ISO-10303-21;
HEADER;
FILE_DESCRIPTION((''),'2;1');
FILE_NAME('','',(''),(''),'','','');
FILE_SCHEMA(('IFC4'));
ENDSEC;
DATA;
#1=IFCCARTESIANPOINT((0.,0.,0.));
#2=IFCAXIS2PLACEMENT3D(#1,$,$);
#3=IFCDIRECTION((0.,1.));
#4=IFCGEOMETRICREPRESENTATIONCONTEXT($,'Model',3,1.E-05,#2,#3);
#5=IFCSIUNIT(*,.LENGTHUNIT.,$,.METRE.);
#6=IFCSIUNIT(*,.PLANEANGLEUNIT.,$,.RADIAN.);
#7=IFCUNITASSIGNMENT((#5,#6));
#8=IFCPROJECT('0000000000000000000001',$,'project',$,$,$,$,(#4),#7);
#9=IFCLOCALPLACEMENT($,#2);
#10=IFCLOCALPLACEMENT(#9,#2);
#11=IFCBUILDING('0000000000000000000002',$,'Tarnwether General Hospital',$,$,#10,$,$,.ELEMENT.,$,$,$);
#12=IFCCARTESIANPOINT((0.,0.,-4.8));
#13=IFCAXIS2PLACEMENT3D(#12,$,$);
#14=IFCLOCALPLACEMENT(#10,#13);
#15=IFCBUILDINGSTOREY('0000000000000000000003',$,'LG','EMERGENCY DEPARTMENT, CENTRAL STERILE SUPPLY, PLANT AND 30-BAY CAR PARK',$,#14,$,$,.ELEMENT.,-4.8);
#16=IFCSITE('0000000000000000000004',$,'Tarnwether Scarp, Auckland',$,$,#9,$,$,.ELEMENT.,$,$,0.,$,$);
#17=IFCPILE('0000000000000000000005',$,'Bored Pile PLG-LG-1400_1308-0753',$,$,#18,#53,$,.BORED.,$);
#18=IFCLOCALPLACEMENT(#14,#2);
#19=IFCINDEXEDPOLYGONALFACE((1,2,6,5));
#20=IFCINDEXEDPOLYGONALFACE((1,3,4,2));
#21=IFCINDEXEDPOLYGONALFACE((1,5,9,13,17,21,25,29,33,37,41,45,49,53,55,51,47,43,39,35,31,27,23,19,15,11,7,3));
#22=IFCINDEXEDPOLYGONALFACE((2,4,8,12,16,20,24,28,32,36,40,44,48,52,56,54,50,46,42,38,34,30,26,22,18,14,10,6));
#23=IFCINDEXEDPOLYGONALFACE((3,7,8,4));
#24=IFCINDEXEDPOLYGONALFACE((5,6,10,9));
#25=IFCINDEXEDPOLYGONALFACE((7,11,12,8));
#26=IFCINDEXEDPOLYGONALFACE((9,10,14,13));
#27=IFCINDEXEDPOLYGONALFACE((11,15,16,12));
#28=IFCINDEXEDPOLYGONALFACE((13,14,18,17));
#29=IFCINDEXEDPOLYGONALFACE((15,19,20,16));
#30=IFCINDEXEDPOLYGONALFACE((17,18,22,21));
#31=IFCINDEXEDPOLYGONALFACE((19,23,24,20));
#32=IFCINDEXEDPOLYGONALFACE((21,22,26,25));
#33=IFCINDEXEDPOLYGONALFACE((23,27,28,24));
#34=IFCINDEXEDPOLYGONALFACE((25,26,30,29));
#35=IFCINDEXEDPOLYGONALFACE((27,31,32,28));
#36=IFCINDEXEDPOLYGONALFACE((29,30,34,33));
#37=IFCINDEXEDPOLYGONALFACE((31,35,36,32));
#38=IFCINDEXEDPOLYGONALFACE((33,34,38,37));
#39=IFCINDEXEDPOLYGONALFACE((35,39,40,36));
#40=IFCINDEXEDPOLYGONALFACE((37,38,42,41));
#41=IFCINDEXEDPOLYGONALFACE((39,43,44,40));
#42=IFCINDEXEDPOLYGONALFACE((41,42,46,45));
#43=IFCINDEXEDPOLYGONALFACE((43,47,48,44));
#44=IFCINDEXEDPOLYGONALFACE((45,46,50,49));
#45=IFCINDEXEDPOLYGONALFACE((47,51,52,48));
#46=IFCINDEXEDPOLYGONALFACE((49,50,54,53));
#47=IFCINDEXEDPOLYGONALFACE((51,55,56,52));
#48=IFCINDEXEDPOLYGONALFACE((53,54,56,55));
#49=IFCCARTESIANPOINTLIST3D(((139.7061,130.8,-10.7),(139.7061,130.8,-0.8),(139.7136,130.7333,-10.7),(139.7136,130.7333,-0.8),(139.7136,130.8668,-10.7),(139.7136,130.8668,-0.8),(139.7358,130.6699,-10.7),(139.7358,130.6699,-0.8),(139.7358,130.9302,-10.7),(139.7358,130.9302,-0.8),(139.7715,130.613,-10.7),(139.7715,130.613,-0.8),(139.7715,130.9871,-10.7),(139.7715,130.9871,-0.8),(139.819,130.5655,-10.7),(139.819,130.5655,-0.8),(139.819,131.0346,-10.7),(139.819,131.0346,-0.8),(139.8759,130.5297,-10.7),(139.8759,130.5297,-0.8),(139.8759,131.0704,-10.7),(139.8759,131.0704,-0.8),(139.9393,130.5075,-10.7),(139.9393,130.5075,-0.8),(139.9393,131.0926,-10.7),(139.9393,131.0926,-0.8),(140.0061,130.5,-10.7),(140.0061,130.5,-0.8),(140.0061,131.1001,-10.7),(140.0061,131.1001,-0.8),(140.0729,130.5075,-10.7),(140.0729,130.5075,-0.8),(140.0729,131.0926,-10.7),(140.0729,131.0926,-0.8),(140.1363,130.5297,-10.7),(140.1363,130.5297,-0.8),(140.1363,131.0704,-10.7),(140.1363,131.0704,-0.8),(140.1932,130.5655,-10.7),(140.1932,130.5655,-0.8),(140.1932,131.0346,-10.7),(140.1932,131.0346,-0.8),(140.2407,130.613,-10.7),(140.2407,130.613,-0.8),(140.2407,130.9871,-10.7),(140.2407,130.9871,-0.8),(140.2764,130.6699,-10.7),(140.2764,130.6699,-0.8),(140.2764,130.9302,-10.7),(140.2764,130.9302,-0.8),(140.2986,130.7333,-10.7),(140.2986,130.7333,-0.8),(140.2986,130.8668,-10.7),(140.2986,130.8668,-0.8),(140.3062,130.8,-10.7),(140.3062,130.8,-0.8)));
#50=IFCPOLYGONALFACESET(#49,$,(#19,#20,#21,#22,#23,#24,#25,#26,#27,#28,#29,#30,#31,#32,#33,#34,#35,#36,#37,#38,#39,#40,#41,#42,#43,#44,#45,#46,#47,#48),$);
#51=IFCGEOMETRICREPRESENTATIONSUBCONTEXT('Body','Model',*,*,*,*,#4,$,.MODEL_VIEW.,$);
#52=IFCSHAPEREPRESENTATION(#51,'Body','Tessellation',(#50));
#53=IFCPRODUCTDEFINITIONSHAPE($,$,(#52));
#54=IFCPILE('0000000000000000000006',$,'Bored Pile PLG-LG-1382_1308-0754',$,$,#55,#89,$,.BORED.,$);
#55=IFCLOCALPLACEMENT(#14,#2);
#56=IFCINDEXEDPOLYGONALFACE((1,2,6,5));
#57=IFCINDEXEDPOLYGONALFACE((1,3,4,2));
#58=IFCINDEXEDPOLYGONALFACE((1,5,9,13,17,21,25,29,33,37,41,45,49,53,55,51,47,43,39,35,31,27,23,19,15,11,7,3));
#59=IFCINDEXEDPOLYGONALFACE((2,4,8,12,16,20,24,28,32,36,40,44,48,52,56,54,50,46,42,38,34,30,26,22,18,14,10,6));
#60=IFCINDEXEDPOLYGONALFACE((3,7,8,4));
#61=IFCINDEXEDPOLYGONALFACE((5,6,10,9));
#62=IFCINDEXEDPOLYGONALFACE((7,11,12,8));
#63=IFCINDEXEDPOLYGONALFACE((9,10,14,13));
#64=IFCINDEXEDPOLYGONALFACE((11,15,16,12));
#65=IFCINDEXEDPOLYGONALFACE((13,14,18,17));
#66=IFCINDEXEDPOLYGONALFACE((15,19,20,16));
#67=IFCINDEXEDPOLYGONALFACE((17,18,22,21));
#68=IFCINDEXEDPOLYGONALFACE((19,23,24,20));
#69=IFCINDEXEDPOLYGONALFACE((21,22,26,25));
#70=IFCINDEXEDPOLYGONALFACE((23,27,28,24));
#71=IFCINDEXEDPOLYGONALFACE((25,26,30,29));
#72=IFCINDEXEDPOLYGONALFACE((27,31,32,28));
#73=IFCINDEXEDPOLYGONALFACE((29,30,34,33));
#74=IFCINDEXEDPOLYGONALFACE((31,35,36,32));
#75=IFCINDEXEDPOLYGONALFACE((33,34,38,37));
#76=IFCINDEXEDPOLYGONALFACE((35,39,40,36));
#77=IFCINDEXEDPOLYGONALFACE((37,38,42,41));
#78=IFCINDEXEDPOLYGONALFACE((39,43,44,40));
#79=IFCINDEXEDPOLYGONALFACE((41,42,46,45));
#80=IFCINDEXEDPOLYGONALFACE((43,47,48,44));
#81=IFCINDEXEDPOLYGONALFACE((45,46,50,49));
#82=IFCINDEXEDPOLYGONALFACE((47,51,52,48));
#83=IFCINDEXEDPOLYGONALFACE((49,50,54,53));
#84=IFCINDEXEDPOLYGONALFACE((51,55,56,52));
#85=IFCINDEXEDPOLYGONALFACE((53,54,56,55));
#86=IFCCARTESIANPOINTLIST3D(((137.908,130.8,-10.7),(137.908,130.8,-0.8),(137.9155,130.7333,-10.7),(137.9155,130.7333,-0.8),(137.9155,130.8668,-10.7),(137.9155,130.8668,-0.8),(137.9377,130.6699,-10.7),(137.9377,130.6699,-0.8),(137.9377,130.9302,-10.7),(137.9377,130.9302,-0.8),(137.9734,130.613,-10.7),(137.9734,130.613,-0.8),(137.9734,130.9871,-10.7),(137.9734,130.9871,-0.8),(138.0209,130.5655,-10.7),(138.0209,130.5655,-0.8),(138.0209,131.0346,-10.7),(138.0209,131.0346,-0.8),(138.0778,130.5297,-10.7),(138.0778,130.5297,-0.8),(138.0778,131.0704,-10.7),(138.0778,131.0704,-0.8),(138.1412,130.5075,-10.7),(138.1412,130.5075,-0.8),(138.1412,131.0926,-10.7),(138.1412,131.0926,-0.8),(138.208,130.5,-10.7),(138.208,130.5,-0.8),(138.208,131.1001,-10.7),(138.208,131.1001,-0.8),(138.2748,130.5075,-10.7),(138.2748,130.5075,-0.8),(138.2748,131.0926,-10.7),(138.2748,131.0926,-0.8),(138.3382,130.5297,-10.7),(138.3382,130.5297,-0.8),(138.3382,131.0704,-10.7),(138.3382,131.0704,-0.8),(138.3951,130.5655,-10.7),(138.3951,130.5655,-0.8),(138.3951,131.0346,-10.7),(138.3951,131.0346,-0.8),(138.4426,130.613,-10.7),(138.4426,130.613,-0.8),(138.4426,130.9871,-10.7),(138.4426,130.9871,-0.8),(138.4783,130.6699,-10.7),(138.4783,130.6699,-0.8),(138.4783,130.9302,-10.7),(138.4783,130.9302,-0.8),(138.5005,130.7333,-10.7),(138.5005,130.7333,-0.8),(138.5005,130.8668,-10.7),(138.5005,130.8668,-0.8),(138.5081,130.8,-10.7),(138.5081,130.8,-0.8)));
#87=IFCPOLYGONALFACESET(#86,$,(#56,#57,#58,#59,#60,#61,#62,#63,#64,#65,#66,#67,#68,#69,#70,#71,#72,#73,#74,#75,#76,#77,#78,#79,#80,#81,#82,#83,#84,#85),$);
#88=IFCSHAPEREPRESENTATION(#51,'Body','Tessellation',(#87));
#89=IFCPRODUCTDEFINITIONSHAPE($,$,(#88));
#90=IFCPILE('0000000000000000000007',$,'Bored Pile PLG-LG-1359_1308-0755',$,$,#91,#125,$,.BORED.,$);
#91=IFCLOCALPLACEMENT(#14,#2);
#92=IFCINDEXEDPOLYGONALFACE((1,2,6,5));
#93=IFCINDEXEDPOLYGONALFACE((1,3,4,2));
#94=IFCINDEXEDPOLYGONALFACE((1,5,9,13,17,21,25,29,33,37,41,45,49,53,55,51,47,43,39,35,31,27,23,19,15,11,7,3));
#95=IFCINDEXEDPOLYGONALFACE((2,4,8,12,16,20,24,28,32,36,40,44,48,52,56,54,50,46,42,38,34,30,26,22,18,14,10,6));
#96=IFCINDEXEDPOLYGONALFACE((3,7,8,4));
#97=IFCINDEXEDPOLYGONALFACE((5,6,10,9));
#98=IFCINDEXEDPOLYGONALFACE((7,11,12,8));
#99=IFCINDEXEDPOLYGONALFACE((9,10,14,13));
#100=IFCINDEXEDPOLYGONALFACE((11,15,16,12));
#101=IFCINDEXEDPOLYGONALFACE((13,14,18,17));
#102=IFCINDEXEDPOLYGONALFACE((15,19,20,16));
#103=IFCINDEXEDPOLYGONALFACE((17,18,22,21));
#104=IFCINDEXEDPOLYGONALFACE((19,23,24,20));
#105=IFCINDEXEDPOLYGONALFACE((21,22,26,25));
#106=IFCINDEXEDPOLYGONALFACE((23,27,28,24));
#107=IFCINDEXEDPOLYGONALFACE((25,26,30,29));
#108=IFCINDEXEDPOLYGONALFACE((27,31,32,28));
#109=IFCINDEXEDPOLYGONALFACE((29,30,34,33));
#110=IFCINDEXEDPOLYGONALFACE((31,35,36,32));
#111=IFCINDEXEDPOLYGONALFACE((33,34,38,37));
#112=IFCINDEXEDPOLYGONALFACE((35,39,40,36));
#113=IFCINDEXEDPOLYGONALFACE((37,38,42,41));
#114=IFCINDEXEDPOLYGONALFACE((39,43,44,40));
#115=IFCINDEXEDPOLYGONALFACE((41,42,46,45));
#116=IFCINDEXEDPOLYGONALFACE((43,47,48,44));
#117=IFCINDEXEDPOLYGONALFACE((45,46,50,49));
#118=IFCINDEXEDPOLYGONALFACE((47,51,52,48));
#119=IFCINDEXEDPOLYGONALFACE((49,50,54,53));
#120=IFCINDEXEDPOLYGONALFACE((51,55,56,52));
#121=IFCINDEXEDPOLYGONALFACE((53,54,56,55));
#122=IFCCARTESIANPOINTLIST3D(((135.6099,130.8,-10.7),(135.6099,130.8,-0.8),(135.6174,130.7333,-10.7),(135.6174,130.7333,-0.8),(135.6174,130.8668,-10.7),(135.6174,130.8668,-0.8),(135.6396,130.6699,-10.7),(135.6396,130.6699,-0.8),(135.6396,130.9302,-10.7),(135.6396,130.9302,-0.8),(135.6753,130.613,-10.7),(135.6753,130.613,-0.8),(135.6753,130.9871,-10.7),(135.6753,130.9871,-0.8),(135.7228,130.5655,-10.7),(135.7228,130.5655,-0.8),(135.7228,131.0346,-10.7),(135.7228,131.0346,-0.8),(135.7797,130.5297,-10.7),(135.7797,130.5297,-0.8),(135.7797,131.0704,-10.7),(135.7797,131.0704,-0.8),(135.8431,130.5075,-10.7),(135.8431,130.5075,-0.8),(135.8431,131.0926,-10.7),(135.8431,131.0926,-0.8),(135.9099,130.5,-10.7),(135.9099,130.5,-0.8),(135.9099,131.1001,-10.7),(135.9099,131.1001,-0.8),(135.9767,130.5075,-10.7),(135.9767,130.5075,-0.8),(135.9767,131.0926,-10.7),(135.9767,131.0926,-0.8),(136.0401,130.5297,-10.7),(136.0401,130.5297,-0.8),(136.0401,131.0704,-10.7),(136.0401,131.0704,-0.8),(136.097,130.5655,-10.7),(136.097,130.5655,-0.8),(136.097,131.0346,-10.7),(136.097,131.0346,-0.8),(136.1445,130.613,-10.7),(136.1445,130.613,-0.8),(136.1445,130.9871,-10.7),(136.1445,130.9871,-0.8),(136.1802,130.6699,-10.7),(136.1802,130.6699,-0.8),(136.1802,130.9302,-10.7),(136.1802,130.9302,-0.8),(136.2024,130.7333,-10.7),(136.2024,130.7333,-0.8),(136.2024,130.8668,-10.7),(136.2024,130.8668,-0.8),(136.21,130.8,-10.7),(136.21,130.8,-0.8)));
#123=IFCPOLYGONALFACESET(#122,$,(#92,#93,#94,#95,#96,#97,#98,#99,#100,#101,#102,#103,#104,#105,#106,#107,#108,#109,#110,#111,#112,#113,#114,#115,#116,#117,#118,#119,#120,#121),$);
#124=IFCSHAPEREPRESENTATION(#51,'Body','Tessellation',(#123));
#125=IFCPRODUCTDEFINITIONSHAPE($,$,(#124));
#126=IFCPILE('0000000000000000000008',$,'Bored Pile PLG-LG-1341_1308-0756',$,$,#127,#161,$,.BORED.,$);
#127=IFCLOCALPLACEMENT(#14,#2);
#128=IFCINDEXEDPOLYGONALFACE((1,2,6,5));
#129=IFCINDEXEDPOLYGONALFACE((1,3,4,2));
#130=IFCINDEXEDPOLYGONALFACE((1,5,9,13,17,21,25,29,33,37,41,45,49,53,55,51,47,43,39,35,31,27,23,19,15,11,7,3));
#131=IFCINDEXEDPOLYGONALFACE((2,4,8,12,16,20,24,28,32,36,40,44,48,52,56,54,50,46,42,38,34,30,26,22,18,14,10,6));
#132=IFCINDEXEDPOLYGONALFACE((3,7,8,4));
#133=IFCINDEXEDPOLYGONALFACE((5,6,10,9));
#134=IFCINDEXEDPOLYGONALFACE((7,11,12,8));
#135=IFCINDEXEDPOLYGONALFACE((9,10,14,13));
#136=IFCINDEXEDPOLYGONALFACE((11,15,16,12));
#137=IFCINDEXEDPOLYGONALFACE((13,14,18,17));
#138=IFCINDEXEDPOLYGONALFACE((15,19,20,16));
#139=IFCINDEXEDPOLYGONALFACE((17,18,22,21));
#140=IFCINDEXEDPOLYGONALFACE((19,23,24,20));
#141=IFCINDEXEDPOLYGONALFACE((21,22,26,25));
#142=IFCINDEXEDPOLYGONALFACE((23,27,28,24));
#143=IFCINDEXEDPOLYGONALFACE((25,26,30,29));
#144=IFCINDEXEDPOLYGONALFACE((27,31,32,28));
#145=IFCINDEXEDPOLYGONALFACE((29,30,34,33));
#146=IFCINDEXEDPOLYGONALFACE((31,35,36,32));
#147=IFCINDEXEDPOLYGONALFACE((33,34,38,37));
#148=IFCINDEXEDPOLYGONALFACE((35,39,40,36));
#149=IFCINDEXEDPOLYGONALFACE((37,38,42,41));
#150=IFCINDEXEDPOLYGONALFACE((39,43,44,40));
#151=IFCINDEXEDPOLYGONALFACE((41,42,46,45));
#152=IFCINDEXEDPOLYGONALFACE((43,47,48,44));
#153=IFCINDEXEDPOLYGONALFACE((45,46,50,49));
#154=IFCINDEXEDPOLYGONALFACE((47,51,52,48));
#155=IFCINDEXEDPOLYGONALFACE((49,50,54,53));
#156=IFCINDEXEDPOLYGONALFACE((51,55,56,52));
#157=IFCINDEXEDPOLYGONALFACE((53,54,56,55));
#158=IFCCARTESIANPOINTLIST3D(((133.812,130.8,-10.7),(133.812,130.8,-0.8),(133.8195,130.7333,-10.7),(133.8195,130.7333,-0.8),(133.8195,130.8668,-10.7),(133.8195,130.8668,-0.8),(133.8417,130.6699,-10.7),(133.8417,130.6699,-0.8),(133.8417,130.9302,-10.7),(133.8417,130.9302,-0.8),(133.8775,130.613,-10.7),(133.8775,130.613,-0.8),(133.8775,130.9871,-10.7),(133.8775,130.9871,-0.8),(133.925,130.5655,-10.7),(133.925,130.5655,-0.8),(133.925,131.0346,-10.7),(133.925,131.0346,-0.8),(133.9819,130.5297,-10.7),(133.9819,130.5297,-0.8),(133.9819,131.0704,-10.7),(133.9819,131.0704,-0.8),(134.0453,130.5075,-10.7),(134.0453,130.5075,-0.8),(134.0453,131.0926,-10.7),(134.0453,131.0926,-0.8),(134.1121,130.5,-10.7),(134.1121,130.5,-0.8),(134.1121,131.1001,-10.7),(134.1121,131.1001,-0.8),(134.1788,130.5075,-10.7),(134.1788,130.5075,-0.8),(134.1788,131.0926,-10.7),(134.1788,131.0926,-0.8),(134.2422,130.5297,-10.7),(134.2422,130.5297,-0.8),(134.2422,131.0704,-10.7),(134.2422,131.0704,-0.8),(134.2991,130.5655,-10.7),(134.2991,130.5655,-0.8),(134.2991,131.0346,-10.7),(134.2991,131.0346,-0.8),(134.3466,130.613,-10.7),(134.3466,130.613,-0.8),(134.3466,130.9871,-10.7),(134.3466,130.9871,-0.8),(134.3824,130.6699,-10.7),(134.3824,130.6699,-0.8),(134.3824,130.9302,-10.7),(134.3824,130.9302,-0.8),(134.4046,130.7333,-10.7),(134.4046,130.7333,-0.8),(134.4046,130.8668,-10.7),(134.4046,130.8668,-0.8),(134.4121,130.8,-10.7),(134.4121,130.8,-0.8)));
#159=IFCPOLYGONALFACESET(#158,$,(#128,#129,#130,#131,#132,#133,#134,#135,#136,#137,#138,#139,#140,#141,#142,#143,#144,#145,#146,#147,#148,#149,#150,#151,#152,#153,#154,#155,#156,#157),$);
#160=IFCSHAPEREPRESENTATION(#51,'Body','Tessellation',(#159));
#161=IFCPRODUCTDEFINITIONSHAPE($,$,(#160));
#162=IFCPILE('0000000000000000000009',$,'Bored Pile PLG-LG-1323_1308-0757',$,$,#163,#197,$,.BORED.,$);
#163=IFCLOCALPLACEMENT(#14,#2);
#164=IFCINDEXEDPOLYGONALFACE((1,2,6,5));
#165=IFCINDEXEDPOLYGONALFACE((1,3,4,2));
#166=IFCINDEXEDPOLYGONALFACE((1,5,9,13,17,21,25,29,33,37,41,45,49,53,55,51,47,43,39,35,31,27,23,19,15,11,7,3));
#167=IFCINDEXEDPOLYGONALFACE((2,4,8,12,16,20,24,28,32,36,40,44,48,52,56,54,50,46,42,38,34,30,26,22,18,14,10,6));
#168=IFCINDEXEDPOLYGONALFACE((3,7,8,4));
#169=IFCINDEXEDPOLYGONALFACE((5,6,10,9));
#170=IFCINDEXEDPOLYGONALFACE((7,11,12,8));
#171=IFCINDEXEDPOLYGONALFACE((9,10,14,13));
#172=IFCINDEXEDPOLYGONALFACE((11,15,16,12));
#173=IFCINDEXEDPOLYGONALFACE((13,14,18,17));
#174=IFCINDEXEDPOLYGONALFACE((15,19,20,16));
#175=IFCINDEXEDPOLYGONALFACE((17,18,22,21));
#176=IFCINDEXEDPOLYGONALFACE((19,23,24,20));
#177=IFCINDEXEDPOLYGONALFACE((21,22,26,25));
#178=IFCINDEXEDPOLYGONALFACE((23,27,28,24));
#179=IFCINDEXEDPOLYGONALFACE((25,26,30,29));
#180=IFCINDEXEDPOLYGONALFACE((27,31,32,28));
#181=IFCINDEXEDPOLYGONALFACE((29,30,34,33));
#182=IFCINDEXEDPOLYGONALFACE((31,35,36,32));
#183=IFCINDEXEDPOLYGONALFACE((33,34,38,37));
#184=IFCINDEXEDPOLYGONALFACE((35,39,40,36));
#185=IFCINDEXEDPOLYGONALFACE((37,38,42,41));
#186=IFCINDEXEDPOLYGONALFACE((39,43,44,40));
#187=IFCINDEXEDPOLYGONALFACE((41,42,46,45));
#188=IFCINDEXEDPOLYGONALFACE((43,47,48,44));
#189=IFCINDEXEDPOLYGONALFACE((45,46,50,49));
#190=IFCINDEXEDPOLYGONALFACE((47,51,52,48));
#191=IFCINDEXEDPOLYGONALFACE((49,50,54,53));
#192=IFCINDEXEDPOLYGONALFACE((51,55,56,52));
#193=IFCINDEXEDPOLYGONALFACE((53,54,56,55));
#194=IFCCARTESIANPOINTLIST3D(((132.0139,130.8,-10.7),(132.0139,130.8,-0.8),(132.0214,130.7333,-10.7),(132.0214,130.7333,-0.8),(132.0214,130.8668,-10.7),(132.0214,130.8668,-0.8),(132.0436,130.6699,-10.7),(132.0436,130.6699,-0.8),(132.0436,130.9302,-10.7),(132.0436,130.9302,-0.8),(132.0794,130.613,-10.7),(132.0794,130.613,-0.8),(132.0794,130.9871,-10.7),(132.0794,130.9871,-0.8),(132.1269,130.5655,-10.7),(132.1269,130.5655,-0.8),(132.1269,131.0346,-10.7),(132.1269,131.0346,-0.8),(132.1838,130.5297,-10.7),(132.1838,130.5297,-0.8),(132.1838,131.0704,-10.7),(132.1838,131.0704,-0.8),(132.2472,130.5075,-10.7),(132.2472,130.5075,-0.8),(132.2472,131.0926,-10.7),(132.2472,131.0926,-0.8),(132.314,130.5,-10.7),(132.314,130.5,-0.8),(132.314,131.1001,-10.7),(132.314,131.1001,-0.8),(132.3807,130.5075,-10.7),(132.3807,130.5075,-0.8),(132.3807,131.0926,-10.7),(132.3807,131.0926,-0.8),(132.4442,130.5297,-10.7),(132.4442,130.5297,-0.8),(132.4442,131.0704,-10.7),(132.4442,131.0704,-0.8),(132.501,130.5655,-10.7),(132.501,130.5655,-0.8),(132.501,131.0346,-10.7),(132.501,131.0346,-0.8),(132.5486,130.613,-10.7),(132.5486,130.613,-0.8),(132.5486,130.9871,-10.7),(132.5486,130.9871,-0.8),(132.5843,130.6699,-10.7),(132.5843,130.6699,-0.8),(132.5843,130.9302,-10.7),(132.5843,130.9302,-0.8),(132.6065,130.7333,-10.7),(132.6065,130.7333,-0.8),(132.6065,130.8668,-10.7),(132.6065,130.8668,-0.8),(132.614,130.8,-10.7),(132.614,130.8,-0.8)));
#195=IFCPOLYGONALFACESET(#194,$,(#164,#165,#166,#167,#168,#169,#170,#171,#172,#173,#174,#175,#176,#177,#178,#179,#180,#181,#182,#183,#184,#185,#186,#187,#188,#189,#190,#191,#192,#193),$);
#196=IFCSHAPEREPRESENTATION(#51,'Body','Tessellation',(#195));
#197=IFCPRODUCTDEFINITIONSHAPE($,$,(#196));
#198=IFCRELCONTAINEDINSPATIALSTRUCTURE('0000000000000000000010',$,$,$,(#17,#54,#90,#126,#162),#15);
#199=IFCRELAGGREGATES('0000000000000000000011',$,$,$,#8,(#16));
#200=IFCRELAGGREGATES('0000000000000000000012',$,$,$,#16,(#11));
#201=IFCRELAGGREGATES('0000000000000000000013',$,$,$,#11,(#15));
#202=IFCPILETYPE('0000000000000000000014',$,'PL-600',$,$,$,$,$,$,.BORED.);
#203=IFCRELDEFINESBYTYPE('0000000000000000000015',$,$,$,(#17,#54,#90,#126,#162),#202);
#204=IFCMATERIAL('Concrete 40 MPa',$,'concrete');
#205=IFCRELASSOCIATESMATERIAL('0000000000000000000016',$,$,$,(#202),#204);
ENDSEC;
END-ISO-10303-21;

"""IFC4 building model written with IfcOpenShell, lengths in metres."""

from ifc_helpers import new_model, si_unit, direction, frame, origin, origin_2d, place, context, subcontext, project, spatial, circle, extrude, material, material_profile, profile_set, type_object, element, save


model = new_model("IFC4")

# Units and contexts
model_context = context("Model", 3, precision=1e-05, world=origin(), true_north=direction((0.0, 1.0)))
body_context = subcontext(model_context, "Body", "Model", "MODEL_VIEW")
ifc_project = project(units=[si_unit("LENGTHUNIT", "METRE"), si_unit("PLANEANGLEUNIT", "RADIAN")], contexts=[model_context])

# Site, building, storey
site_placement = place(None, origin())
site = spatial("IfcSite", under=ifc_project, at=site_placement, Name="Tarnwether Scarp, Auckland", CompositionType="ELEMENT", RefElevation=0.0)
building_placement = place(site_placement, origin())
building = spatial("IfcBuilding", under=site, at=building_placement, Name="Tarnwether General Hospital", CompositionType="ELEMENT")
storey_placement = place(building_placement, frame((0.0, 0.0, -4.8)))
storey = spatial("IfcBuildingStorey", under=building, at=storey_placement, Name="LG", Description="EMERGENCY DEPARTMENT, CENTRAL STERILE SUPPLY, PLANT AND 30-BAY CAR PARK", CompositionType="ELEMENT", Elevation=-4.8)

# Piles
ifc_material_1 = material(Name="Concrete 40 MPa", Category="concrete")
ifc_material_profile_1 = material_profile(ifc_material_1, circle(Radius=0.3, at=origin_2d()), Name="PILE-D600")
ifc_profile_set_1 = profile_set([ifc_material_profile_1], Name="Concrete 40 MPa")
pile_type_1 = type_object("IfcPileType", Name="PL-600", PredefinedType="BORED", material=ifc_profile_set_1)
for number, where, z_axis, x_axis, name in (
    (1, (140.0061, 130.8, -0.8), (0.0, 0.0, -1.0), (1.0, 0.0, 0.0), "Bored Pile PLG-LG-1400_1308-0753"),
    (2, (138.208, 130.8, -0.8), (0.0, 0.0, -1.0), (1.0, 0.0, 0.0), "Bored Pile PLG-LG-1382_1308-0754"),
    (3, (135.9099, 130.8, -0.8), (0.0, 0.0, -1.0), (1.0, 0.0, 0.0), "Bored Pile PLG-LG-1359_1308-0755"),
    (4, (134.1121, 130.8, -0.8), (0.0, 0.0, -1.0), (1.0, 0.0, 0.0), "Bored Pile PLG-LG-1341_1308-0756"),
    (5, (132.314, 130.8, -0.8), (0.0, 0.0, -1.0), (1.0, 0.0, 0.0), "Bored Pile PLG-LG-1323_1308-0757"),
):
    element("IfcPile", number, at=place(storey_placement, frame(where, z_axis=z_axis, x_axis=x_axis)), inside=storey, type_object=pile_type_1, Name=name, PredefinedType="BORED", context=body_context, shape_type="SweptSolid", body=[
        extrude(circle(Radius=0.3, at=origin_2d()), origin(), (0.0, 0.0, 1.0), 9.8999),
    ])

save(model, "model.ifc")
